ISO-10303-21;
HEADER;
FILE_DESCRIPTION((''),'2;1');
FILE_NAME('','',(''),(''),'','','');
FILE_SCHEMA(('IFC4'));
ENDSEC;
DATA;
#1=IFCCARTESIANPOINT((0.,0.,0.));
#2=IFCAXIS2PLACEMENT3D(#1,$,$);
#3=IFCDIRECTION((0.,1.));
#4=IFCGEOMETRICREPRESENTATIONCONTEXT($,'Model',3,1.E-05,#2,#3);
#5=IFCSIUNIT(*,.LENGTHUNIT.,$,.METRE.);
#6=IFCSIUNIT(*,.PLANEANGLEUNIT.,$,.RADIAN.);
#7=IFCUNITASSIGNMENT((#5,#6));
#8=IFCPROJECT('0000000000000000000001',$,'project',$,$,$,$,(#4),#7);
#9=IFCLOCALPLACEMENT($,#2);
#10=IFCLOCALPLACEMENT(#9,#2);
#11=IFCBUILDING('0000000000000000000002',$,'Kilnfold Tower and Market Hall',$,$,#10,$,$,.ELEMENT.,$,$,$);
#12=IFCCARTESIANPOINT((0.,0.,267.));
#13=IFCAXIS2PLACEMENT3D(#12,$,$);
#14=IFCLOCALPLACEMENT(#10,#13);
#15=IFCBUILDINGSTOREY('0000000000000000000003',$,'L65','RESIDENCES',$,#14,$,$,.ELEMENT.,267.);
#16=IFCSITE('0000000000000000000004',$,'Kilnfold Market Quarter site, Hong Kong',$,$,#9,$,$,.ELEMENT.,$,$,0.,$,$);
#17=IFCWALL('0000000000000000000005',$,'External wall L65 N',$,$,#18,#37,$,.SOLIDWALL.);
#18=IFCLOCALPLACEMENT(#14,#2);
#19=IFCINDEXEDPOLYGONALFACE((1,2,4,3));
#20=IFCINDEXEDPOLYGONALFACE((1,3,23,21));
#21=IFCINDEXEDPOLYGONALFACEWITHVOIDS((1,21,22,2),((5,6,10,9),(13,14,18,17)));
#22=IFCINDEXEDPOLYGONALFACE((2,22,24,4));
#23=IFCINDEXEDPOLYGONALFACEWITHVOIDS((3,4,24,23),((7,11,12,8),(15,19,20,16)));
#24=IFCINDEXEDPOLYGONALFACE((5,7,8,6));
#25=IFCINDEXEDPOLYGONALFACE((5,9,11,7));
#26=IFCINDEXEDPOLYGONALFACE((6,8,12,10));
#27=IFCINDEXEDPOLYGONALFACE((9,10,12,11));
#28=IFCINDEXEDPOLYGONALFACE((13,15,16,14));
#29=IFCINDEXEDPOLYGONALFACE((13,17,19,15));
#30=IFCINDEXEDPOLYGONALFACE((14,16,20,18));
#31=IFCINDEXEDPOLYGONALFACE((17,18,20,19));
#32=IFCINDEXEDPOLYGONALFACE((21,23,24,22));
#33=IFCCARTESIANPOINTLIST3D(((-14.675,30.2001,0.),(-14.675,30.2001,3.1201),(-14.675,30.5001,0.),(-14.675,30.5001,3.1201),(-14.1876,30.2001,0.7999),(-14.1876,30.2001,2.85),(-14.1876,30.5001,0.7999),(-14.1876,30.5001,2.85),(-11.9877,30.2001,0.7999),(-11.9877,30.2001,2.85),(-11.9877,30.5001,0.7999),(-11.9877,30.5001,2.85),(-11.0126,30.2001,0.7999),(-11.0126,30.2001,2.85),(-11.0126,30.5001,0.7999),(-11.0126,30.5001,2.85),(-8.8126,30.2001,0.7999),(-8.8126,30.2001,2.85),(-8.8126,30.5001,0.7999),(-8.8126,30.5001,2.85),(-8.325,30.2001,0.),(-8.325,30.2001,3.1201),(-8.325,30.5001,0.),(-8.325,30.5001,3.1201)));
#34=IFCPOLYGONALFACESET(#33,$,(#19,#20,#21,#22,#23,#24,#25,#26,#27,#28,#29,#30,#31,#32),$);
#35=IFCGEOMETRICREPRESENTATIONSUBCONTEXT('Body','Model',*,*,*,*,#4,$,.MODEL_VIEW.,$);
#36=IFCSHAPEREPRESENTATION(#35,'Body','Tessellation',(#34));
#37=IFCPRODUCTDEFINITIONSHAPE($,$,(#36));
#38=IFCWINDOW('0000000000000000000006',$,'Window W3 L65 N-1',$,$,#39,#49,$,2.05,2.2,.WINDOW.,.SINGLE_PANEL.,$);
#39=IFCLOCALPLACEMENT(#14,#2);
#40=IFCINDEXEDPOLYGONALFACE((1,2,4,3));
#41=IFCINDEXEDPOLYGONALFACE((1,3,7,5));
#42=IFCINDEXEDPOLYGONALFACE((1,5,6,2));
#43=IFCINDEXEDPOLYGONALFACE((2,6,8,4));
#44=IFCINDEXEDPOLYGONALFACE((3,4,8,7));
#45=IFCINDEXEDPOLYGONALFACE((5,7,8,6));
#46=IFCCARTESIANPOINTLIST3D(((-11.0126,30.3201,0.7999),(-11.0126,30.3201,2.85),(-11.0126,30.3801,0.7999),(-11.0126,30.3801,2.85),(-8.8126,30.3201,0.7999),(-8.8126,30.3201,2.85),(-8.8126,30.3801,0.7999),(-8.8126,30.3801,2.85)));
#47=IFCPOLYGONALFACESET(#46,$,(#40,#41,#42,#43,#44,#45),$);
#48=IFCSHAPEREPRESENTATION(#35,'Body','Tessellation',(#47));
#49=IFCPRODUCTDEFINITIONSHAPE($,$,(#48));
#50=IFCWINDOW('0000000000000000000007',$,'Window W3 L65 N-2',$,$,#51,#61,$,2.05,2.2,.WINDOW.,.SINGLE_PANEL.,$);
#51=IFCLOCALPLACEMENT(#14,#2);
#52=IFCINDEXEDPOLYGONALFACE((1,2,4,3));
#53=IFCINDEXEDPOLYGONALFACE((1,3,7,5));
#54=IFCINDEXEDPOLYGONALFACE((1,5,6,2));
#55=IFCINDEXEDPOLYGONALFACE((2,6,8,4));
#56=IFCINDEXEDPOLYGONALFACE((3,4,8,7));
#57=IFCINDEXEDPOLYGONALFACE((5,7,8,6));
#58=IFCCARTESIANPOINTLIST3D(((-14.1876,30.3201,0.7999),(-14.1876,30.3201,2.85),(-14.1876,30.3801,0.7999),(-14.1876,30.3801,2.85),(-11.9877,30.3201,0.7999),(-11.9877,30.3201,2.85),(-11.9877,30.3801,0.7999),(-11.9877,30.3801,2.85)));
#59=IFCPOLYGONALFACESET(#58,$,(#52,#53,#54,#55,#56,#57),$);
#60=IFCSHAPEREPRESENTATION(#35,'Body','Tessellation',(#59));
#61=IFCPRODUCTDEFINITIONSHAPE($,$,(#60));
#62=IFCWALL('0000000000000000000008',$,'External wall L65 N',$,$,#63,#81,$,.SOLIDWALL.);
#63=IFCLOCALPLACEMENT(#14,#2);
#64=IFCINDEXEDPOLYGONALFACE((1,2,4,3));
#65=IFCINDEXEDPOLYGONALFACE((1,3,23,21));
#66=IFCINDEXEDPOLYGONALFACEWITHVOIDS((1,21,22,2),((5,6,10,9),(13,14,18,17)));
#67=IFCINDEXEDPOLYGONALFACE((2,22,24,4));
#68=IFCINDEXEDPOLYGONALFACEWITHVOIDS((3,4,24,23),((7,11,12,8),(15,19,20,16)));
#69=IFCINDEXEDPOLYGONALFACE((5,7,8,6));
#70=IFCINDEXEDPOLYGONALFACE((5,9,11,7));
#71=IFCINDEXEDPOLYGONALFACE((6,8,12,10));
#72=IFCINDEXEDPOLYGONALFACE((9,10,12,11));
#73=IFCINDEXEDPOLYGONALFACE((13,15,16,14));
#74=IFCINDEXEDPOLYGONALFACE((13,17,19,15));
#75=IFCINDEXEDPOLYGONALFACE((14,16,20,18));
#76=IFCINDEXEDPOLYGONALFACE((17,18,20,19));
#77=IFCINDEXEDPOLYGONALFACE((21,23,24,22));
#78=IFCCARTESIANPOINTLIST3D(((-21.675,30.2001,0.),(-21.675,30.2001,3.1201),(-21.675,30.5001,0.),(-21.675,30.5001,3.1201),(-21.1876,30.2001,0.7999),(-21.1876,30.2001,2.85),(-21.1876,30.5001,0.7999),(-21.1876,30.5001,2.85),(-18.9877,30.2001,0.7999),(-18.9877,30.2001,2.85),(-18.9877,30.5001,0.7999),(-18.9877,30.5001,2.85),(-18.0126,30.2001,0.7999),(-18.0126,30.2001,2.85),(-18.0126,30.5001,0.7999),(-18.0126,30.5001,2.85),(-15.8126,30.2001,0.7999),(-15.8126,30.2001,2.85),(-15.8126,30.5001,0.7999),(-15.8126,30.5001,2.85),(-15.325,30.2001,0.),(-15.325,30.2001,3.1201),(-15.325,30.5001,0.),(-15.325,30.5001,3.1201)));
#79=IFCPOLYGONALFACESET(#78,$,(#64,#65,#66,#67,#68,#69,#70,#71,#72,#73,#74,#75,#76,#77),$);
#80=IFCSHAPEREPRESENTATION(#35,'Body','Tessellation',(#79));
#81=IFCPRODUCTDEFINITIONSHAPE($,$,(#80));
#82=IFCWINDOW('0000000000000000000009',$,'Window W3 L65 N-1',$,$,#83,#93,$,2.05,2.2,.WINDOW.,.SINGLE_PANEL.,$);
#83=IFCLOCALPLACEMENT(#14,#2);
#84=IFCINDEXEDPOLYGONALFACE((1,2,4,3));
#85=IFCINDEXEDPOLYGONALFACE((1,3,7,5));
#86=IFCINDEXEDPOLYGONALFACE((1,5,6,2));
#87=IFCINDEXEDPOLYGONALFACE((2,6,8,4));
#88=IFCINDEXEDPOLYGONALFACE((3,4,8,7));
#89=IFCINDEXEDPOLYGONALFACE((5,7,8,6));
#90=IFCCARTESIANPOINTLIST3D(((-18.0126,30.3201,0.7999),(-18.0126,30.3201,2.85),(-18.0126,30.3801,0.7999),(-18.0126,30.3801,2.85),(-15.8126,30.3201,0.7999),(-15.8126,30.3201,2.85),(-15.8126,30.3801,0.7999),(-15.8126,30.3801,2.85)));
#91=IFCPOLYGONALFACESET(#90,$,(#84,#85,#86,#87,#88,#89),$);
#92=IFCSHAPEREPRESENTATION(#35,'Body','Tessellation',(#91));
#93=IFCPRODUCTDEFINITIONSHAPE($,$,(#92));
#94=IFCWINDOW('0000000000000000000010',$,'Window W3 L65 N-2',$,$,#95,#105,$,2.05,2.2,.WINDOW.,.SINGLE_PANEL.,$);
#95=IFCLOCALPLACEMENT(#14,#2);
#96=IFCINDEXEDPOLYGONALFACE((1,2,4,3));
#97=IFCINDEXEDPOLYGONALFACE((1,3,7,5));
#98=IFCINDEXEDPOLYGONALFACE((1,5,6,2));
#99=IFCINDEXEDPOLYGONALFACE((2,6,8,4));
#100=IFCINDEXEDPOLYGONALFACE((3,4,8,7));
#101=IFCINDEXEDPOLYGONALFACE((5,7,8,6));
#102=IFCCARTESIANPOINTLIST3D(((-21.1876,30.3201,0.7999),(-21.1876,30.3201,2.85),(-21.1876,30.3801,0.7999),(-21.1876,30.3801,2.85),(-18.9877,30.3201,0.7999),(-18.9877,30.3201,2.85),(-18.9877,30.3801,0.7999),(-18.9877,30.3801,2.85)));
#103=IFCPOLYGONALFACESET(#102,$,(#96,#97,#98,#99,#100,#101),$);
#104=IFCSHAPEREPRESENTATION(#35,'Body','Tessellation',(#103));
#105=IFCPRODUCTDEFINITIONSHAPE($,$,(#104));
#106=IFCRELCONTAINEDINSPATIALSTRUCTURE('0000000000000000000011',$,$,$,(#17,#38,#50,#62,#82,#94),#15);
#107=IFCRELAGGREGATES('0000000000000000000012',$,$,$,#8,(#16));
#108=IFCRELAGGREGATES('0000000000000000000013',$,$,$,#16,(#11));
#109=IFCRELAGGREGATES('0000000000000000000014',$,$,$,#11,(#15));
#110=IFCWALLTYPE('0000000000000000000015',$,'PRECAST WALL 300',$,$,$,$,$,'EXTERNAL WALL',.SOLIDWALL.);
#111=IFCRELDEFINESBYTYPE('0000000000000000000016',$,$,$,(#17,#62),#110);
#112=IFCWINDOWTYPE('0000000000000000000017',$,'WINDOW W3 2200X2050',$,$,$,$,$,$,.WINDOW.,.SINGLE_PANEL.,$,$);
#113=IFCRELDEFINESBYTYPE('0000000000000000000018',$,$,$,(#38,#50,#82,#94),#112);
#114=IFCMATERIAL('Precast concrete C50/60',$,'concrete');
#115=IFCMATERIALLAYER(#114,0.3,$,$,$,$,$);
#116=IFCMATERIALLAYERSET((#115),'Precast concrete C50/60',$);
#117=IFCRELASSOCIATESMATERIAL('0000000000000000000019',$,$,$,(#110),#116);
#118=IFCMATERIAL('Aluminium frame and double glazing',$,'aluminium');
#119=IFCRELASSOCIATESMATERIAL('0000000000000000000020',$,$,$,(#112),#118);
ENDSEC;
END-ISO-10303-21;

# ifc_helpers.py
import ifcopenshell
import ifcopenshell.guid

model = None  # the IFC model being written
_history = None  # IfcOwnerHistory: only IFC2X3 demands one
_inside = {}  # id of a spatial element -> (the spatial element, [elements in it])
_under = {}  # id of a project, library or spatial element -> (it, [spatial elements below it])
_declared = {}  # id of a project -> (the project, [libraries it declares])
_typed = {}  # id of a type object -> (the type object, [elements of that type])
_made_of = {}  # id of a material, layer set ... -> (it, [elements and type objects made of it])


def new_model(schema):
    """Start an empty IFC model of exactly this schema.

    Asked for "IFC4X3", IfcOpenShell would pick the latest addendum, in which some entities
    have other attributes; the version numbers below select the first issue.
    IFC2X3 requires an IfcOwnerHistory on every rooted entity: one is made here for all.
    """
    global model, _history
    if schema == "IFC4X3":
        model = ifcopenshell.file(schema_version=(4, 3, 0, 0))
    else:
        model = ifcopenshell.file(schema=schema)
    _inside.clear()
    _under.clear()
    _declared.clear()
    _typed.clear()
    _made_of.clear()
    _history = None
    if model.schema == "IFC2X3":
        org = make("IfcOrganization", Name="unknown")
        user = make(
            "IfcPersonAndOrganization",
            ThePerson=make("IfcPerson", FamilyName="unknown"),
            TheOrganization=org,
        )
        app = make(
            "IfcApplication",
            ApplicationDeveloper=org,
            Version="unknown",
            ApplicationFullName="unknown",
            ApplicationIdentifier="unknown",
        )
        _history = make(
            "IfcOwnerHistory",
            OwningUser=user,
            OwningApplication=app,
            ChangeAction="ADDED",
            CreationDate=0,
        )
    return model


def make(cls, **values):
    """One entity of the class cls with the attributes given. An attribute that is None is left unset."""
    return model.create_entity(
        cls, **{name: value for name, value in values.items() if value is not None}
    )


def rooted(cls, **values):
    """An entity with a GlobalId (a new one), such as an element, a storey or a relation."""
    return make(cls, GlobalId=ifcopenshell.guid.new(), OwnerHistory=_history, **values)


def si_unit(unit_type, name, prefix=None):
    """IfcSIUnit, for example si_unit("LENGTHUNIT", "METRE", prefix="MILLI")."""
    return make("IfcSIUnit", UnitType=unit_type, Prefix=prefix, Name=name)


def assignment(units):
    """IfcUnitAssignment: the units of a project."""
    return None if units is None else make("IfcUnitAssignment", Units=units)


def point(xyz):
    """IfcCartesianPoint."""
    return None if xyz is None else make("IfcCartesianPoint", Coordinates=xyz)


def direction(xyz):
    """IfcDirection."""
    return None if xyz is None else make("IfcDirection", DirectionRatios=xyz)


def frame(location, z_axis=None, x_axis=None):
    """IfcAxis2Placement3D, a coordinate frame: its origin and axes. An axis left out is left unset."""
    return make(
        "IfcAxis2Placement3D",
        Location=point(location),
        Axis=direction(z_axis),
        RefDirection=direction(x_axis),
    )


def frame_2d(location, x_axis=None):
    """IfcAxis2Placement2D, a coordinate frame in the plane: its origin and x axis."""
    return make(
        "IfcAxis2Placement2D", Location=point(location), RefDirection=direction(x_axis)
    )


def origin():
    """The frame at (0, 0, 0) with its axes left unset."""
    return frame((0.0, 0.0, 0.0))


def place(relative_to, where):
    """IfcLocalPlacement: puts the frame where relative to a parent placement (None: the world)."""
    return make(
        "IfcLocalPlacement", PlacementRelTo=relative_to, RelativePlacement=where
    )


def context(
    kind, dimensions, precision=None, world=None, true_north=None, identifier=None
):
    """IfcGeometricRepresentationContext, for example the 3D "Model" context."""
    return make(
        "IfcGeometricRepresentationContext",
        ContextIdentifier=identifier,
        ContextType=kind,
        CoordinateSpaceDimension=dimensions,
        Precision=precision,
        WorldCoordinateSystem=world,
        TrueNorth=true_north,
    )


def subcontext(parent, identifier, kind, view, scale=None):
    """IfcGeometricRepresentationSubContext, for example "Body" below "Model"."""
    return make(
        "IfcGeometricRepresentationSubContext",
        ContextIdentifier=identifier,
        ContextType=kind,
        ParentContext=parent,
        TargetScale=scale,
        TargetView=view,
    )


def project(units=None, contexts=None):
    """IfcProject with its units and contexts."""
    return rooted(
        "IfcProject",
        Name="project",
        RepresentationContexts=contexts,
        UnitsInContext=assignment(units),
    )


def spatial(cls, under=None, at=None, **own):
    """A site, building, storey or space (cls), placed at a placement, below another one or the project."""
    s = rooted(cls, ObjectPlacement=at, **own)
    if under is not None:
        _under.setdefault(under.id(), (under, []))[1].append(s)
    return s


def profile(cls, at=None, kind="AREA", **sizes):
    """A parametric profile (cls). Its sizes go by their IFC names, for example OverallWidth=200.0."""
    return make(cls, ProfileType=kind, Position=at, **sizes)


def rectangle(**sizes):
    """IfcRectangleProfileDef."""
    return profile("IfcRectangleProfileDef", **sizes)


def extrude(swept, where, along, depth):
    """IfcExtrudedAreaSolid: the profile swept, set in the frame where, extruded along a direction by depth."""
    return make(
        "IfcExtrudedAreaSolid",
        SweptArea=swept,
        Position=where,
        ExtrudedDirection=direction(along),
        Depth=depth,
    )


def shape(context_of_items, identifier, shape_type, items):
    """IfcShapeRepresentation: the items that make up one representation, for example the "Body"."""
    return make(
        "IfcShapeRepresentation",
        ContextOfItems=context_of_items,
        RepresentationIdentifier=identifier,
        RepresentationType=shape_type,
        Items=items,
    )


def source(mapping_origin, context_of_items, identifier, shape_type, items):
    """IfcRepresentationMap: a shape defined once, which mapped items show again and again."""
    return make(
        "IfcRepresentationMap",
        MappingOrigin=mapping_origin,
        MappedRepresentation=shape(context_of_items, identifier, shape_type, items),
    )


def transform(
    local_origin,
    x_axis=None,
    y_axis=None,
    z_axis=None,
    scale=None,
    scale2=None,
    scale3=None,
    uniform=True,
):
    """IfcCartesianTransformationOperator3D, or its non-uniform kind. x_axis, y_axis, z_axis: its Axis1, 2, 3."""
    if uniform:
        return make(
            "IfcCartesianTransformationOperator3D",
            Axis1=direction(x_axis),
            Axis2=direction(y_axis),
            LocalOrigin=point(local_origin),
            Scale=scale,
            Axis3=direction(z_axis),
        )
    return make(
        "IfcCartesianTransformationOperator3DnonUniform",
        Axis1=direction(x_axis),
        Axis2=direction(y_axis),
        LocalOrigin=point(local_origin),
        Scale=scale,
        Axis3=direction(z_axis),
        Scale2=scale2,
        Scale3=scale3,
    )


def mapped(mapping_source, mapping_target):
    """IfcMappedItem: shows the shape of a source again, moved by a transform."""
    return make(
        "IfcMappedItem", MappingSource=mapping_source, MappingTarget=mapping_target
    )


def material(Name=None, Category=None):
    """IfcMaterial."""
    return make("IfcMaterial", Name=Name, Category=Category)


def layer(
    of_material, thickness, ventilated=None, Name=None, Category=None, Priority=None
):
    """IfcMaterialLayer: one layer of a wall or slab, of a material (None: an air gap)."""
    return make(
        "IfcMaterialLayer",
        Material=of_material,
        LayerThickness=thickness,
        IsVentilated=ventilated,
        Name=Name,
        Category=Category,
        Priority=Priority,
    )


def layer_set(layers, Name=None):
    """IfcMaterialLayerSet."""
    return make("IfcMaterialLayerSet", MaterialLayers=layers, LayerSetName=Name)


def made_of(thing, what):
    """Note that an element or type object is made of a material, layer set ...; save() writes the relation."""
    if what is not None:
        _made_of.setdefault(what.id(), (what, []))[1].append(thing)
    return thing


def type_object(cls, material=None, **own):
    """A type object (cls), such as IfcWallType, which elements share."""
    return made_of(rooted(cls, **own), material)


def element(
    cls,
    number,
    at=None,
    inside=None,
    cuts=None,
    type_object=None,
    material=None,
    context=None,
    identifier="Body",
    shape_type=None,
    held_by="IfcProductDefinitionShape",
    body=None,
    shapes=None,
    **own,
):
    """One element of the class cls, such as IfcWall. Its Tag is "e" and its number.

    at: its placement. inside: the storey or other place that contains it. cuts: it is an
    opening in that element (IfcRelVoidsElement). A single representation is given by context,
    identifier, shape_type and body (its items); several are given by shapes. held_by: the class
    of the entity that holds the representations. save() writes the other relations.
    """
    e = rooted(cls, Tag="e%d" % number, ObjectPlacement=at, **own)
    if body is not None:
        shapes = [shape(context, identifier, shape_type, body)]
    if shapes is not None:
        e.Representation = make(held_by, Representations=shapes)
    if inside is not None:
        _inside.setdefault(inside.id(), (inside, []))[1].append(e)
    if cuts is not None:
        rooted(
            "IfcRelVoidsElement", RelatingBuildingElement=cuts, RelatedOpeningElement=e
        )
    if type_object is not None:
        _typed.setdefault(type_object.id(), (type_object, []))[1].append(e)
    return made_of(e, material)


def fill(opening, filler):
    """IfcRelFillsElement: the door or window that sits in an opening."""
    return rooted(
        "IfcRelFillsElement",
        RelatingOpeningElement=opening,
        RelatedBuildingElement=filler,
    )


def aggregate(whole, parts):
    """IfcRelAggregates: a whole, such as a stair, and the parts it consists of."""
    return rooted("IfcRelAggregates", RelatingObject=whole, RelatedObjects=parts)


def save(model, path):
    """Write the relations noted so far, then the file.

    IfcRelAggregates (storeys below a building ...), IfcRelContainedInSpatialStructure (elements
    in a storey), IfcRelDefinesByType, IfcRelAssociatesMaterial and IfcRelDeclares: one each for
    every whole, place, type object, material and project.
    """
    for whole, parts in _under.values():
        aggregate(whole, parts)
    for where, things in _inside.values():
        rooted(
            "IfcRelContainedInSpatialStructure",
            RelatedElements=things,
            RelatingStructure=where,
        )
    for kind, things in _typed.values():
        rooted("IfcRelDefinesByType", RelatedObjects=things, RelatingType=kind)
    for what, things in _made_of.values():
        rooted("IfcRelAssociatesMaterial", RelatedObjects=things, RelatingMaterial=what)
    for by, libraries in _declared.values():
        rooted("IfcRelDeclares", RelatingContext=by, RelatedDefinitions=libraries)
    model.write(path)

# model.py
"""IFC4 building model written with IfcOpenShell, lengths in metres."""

from ifc_helpers import new_model, si_unit, direction, frame, frame_2d, origin, place, context, subcontext, project, spatial, rectangle, extrude, source, transform, mapped, material, layer, layer_set, type_object, element, fill, save


model = new_model("IFC4")

# Units and contexts
model_context = context("Model", 3, precision=1e-05, world=origin(), true_north=direction((0.0, 1.0)))
body_context = subcontext(model_context, "Body", "Model", "MODEL_VIEW")
ifc_project = project(units=[si_unit("LENGTHUNIT", "METRE"), si_unit("PLANEANGLEUNIT", "RADIAN")], contexts=[model_context])

# Site, building, storey
site_placement = place(None, origin())
site = spatial("IfcSite", under=ifc_project, at=site_placement, Name="Kilnfold Market Quarter site, Hong Kong", CompositionType="ELEMENT", RefElevation=0.0)
building_placement = place(site_placement, origin())
building = spatial("IfcBuilding", under=site, at=building_placement, Name="Kilnfold Tower and Market Hall", CompositionType="ELEMENT")
storey_placement = place(building_placement, frame((0.0, 0.0, 267.0)))
storey = spatial("IfcBuildingStorey", under=building, at=storey_placement, Name="L65", Description="RESIDENCES", CompositionType="ELEMENT", Elevation=267.0)

# Walls, openings, windows
ifc_material_1 = material(Name="Precast concrete C50/60", Category="concrete")
ifc_layer_1 = layer(ifc_material_1, 0.3)
ifc_layer_set_1 = layer_set([ifc_layer_1], Name="Precast concrete C50/60")
wall_type_1 = type_object("IfcWallType", Name="PRECAST WALL 300", ElementType="EXTERNAL WALL", PredefinedType="SOLIDWALL", material=ifc_layer_set_1)
shared_shape_1 = source(origin(), body_context, "Body", "SweptSolid", [
    extrude(rectangle(XDim=6.3501, YDim=0.3, at=frame_2d((3.175, 0.0))), origin(), (0.0, 0.0, 1.0), 3.1201),
])
ifc_material_2 = material(Name="Aluminium frame and double glazing", Category="aluminium")
window_type = type_object("IfcWindowType", Name="WINDOW W3 2200X2050", PartitioningType="SINGLE_PANEL", PredefinedType="WINDOW", material=ifc_material_2)
wall_1_placement = place(storey_placement, frame((-8.325, 30.3501, 0.0), z_axis=(0.0, 0.0, 1.0), x_axis=(-1.0, 0.0, 0.0)))
wall_1 = element("IfcWall", 1, at=wall_1_placement, inside=storey, type_object=wall_type_1, Name="External wall L65 N", PredefinedType="SOLIDWALL", context=body_context, shape_type="MappedRepresentation", body=[
    mapped(shared_shape_1, transform((0.0, 0.0, 0.0))),
])
opening_1_placement = place(wall_1_placement, frame((0.4875, 0.0, 0.8)))
opening_1 = element("IfcOpeningElement", 2, at=opening_1_placement, cuts=wall_1, PredefinedType="OPENING", context=body_context, shape_type="SweptSolid", body=[
    extrude(rectangle(XDim=2.2, YDim=2.05, at=frame_2d((1.1001, 1.0249))), frame((0.0, 0.1602, 0.0), z_axis=(0.0, -1.0, 0.0), x_axis=(1.0, 0.0, 0.0)), (0.0, 0.0, 1.0), 0.3201),
])
opening_2_placement = place(wall_1_placement, frame((3.6626, 0.0, 0.8)))
opening_2 = element("IfcOpeningElement", 3, at=opening_2_placement, cuts=wall_1, PredefinedType="OPENING", context=body_context, shape_type="SweptSolid", body=[
    extrude(rectangle(XDim=2.2, YDim=2.05, at=frame_2d((1.1001, 1.0249))), frame((0.0, 0.1602, 0.0), z_axis=(0.0, -1.0, 0.0), x_axis=(1.0, 0.0, 0.0)), (0.0, 0.0, 1.0), 0.3201),
])
window_1_placement = place(opening_1_placement, origin())
window_1 = element("IfcWindow", 4, at=window_1_placement, inside=storey, type_object=window_type, Name="Window W3 L65 N-1", OverallHeight=2.05, OverallWidth=2.2, PartitioningType="SINGLE_PANEL", PredefinedType="WINDOW", context=body_context, shape_type="SweptSolid", body=[
    extrude(rectangle(XDim=2.2, YDim=2.05, at=frame_2d((1.1001, 1.0249))), frame((0.0, 0.03, 0.0), z_axis=(0.0, -1.0, 0.0), x_axis=(1.0, 0.0, 0.0)), (0.0, 0.0, 1.0), 0.0601),
])
fill(opening_1, window_1)
window_2_placement = place(opening_2_placement, origin())
window_2 = element("IfcWindow", 5, at=window_2_placement, inside=storey, type_object=window_type, Name="Window W3 L65 N-2", OverallHeight=2.05, OverallWidth=2.2, PartitioningType="SINGLE_PANEL", PredefinedType="WINDOW", context=body_context, shape_type="SweptSolid", body=[
    extrude(rectangle(XDim=2.2, YDim=2.05, at=frame_2d((1.1001, 1.0249))), frame((0.0, 0.03, 0.0), z_axis=(0.0, -1.0, 0.0), x_axis=(1.0, 0.0, 0.0)), (0.0, 0.0, 1.0), 0.0601),
])
fill(opening_2, window_2)
wall_2_placement = place(storey_placement, frame((-15.325, 30.3501, 0.0), z_axis=(0.0, 0.0, 1.0), x_axis=(-1.0, 0.0, 0.0)))
wall_2 = element("IfcWall", 6, at=wall_2_placement, inside=storey, type_object=wall_type_1, Name="External wall L65 N", PredefinedType="SOLIDWALL", context=body_context, shape_type="MappedRepresentation", body=[
    mapped(shared_shape_1, transform((0.0, 0.0, 0.0))),
])
opening_3_placement = place(wall_2_placement, frame((0.4875, 0.0, 0.8)))
opening_3 = element("IfcOpeningElement", 7, at=opening_3_placement, cuts=wall_2, PredefinedType="OPENING", context=body_context, shape_type="SweptSolid", body=[
    extrude(rectangle(XDim=2.2, YDim=2.05, at=frame_2d((1.1001, 1.0249))), frame((0.0, 0.1602, 0.0), z_axis=(0.0, -1.0, 0.0), x_axis=(1.0, 0.0, 0.0)), (0.0, 0.0, 1.0), 0.3201),
])
opening_4_placement = place(wall_2_placement, frame((3.6626, 0.0, 0.8)))
opening_4 = element("IfcOpeningElement", 8, at=opening_4_placement, cuts=wall_2, PredefinedType="OPENING", context=body_context, shape_type="SweptSolid", body=[
    extrude(rectangle(XDim=2.2, YDim=2.05, at=frame_2d((1.1001, 1.0249))), frame((0.0, 0.1602, 0.0), z_axis=(0.0, -1.0, 0.0), x_axis=(1.0, 0.0, 0.0)), (0.0, 0.0, 1.0), 0.3201),
])
window_3_placement = place(opening_3_placement, origin())
window_3 = element("IfcWindow", 9, at=window_3_placement, inside=storey, type_object=window_type, Name="Window W3 L65 N-1", OverallHeight=2.05, OverallWidth=2.2, PartitioningType="SINGLE_PANEL", PredefinedType="WINDOW", context=body_context, shape_type="SweptSolid", body=[
    extrude(rectangle(XDim=2.2, YDim=2.05, at=frame_2d((1.1001, 1.0249))), frame((0.0, 0.03, 0.0), z_axis=(0.0, -1.0, 0.0), x_axis=(1.0, 0.0, 0.0)), (0.0, 0.0, 1.0), 0.0601),
])
fill(opening_3, window_3)
window_4_placement = place(opening_4_placement, origin())
window_4 = element("IfcWindow", 10, at=window_4_placement, inside=storey, type_object=window_type, Name="Window W3 L65 N-2", OverallHeight=2.05, OverallWidth=2.2, PartitioningType="SINGLE_PANEL", PredefinedType="WINDOW", context=body_context, shape_type="SweptSolid", body=[
    extrude(rectangle(XDim=2.2, YDim=2.05, at=frame_2d((1.1001, 1.0249))), frame((0.0, 0.03, 0.0), z_axis=(0.0, -1.0, 0.0), x_axis=(1.0, 0.0, 0.0)), (0.0, 0.0, 1.0), 0.0601),
])
fill(opening_4, window_4)

save(model, "model.ifc")
